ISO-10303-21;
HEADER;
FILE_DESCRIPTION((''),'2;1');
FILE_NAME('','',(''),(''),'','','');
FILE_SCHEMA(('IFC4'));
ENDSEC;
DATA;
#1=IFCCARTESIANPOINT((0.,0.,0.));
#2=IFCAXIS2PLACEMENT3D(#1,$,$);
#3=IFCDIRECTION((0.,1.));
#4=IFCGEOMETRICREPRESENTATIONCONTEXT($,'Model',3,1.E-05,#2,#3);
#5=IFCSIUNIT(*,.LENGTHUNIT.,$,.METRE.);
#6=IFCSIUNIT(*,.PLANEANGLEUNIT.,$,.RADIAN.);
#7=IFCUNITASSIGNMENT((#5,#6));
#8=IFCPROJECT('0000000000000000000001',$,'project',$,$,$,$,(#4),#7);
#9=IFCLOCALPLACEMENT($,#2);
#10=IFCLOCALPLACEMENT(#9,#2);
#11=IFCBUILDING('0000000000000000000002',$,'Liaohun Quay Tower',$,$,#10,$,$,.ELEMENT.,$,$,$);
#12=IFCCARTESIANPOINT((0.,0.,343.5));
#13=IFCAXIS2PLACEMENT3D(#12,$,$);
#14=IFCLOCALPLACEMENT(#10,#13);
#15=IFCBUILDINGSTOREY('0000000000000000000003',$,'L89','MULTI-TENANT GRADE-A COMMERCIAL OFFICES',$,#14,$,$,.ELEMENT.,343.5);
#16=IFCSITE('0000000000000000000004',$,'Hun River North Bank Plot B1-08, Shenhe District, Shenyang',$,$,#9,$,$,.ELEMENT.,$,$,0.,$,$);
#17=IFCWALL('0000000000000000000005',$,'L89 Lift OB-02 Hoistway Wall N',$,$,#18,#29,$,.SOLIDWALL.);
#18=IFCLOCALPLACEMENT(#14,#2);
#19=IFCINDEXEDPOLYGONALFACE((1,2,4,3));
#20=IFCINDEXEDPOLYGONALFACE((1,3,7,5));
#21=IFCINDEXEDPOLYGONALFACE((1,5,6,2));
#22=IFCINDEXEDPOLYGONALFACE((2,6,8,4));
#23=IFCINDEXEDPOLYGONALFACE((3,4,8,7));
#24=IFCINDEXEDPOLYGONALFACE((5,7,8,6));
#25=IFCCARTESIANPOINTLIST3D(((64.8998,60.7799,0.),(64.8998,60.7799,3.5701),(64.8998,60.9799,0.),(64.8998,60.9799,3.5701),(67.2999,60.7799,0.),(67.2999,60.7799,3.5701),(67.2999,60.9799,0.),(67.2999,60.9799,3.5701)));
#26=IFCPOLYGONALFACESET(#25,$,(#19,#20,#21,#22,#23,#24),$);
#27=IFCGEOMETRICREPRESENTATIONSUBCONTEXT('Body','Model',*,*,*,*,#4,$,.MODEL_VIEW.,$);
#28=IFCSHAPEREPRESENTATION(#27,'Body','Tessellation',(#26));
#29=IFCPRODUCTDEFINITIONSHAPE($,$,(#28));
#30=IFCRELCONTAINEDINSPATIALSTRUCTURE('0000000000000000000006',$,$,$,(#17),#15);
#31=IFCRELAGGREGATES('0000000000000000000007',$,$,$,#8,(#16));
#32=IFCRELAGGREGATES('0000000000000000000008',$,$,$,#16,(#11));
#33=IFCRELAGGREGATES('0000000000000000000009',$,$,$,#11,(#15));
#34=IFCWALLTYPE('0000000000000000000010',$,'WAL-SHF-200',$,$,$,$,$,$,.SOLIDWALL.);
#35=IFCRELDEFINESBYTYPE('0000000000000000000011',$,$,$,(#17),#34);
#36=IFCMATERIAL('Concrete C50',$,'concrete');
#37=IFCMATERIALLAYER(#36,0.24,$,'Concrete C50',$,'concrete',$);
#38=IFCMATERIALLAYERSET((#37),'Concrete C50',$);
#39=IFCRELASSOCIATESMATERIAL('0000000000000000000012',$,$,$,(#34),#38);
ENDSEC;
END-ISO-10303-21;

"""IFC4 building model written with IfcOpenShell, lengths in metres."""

from ifc_helpers import new_model, si_unit, direction, frame, frame_2d, origin, place, context, subcontext, project, spatial, rectangle, extrude, material, layer, layer_set, type_object, element, save


model = new_model("IFC4")

# Units and contexts
model_context = context("Model", 3, precision=1e-05, world=origin(), true_north=direction((0.0, 1.0)))
body_context = subcontext(model_context, "Body", "Model", "MODEL_VIEW")
ifc_project = project(units=[si_unit("LENGTHUNIT", "METRE"), si_unit("PLANEANGLEUNIT", "RADIAN")], contexts=[model_context])

# Site, building, storey
site_placement = place(None, origin())
site = spatial("IfcSite", under=ifc_project, at=site_placement, Name="Hun River North Bank Plot B1-08, Shenhe District, Shenyang", CompositionType="ELEMENT", RefElevation=0.0)
building_placement = place(site_placement, origin())
building = spatial("IfcBuilding", under=site, at=building_placement, Name="Liaohun Quay Tower", CompositionType="ELEMENT")
storey_placement = place(building_placement, frame((0.0, 0.0, 343.5)))
storey = spatial("IfcBuildingStorey", under=building, at=storey_placement, Name="L89", Description="MULTI-TENANT GRADE-A COMMERCIAL OFFICES", CompositionType="ELEMENT", Elevation=343.5)

# Shared definitions
ifc_material_1 = material(Name="Concrete C50", Category="concrete")

# Wall
ifc_layer_1 = layer(ifc_material_1, 0.24, Name="Concrete C50", Category="concrete")
ifc_layer_set_1 = layer_set([ifc_layer_1], Name="Concrete C50")
wall_type_1 = type_object("IfcWallType", Name="WAL-SHF-200", PredefinedType="SOLIDWALL", material=ifc_layer_set_1)
wall_1_placement = place(storey_placement, frame((67.3, 60.8799, 0.0), z_axis=(0.0, 0.0, 1.0), x_axis=(-1.0, 0.0, 0.0)))
element("IfcWall", 1, at=wall_1_placement, inside=storey, type_object=wall_type_1, Name="L89 Lift OB-02 Hoistway Wall N", PredefinedType="SOLIDWALL", context=body_context, shape_type="SweptSolid", body=[
    extrude(rectangle(XDim=2.4001, YDim=0.2, at=frame_2d((1.2002, 0.0))), origin(), (0.0, 0.0, 1.0), 3.5701),
])

save(model, "model.ifc")
